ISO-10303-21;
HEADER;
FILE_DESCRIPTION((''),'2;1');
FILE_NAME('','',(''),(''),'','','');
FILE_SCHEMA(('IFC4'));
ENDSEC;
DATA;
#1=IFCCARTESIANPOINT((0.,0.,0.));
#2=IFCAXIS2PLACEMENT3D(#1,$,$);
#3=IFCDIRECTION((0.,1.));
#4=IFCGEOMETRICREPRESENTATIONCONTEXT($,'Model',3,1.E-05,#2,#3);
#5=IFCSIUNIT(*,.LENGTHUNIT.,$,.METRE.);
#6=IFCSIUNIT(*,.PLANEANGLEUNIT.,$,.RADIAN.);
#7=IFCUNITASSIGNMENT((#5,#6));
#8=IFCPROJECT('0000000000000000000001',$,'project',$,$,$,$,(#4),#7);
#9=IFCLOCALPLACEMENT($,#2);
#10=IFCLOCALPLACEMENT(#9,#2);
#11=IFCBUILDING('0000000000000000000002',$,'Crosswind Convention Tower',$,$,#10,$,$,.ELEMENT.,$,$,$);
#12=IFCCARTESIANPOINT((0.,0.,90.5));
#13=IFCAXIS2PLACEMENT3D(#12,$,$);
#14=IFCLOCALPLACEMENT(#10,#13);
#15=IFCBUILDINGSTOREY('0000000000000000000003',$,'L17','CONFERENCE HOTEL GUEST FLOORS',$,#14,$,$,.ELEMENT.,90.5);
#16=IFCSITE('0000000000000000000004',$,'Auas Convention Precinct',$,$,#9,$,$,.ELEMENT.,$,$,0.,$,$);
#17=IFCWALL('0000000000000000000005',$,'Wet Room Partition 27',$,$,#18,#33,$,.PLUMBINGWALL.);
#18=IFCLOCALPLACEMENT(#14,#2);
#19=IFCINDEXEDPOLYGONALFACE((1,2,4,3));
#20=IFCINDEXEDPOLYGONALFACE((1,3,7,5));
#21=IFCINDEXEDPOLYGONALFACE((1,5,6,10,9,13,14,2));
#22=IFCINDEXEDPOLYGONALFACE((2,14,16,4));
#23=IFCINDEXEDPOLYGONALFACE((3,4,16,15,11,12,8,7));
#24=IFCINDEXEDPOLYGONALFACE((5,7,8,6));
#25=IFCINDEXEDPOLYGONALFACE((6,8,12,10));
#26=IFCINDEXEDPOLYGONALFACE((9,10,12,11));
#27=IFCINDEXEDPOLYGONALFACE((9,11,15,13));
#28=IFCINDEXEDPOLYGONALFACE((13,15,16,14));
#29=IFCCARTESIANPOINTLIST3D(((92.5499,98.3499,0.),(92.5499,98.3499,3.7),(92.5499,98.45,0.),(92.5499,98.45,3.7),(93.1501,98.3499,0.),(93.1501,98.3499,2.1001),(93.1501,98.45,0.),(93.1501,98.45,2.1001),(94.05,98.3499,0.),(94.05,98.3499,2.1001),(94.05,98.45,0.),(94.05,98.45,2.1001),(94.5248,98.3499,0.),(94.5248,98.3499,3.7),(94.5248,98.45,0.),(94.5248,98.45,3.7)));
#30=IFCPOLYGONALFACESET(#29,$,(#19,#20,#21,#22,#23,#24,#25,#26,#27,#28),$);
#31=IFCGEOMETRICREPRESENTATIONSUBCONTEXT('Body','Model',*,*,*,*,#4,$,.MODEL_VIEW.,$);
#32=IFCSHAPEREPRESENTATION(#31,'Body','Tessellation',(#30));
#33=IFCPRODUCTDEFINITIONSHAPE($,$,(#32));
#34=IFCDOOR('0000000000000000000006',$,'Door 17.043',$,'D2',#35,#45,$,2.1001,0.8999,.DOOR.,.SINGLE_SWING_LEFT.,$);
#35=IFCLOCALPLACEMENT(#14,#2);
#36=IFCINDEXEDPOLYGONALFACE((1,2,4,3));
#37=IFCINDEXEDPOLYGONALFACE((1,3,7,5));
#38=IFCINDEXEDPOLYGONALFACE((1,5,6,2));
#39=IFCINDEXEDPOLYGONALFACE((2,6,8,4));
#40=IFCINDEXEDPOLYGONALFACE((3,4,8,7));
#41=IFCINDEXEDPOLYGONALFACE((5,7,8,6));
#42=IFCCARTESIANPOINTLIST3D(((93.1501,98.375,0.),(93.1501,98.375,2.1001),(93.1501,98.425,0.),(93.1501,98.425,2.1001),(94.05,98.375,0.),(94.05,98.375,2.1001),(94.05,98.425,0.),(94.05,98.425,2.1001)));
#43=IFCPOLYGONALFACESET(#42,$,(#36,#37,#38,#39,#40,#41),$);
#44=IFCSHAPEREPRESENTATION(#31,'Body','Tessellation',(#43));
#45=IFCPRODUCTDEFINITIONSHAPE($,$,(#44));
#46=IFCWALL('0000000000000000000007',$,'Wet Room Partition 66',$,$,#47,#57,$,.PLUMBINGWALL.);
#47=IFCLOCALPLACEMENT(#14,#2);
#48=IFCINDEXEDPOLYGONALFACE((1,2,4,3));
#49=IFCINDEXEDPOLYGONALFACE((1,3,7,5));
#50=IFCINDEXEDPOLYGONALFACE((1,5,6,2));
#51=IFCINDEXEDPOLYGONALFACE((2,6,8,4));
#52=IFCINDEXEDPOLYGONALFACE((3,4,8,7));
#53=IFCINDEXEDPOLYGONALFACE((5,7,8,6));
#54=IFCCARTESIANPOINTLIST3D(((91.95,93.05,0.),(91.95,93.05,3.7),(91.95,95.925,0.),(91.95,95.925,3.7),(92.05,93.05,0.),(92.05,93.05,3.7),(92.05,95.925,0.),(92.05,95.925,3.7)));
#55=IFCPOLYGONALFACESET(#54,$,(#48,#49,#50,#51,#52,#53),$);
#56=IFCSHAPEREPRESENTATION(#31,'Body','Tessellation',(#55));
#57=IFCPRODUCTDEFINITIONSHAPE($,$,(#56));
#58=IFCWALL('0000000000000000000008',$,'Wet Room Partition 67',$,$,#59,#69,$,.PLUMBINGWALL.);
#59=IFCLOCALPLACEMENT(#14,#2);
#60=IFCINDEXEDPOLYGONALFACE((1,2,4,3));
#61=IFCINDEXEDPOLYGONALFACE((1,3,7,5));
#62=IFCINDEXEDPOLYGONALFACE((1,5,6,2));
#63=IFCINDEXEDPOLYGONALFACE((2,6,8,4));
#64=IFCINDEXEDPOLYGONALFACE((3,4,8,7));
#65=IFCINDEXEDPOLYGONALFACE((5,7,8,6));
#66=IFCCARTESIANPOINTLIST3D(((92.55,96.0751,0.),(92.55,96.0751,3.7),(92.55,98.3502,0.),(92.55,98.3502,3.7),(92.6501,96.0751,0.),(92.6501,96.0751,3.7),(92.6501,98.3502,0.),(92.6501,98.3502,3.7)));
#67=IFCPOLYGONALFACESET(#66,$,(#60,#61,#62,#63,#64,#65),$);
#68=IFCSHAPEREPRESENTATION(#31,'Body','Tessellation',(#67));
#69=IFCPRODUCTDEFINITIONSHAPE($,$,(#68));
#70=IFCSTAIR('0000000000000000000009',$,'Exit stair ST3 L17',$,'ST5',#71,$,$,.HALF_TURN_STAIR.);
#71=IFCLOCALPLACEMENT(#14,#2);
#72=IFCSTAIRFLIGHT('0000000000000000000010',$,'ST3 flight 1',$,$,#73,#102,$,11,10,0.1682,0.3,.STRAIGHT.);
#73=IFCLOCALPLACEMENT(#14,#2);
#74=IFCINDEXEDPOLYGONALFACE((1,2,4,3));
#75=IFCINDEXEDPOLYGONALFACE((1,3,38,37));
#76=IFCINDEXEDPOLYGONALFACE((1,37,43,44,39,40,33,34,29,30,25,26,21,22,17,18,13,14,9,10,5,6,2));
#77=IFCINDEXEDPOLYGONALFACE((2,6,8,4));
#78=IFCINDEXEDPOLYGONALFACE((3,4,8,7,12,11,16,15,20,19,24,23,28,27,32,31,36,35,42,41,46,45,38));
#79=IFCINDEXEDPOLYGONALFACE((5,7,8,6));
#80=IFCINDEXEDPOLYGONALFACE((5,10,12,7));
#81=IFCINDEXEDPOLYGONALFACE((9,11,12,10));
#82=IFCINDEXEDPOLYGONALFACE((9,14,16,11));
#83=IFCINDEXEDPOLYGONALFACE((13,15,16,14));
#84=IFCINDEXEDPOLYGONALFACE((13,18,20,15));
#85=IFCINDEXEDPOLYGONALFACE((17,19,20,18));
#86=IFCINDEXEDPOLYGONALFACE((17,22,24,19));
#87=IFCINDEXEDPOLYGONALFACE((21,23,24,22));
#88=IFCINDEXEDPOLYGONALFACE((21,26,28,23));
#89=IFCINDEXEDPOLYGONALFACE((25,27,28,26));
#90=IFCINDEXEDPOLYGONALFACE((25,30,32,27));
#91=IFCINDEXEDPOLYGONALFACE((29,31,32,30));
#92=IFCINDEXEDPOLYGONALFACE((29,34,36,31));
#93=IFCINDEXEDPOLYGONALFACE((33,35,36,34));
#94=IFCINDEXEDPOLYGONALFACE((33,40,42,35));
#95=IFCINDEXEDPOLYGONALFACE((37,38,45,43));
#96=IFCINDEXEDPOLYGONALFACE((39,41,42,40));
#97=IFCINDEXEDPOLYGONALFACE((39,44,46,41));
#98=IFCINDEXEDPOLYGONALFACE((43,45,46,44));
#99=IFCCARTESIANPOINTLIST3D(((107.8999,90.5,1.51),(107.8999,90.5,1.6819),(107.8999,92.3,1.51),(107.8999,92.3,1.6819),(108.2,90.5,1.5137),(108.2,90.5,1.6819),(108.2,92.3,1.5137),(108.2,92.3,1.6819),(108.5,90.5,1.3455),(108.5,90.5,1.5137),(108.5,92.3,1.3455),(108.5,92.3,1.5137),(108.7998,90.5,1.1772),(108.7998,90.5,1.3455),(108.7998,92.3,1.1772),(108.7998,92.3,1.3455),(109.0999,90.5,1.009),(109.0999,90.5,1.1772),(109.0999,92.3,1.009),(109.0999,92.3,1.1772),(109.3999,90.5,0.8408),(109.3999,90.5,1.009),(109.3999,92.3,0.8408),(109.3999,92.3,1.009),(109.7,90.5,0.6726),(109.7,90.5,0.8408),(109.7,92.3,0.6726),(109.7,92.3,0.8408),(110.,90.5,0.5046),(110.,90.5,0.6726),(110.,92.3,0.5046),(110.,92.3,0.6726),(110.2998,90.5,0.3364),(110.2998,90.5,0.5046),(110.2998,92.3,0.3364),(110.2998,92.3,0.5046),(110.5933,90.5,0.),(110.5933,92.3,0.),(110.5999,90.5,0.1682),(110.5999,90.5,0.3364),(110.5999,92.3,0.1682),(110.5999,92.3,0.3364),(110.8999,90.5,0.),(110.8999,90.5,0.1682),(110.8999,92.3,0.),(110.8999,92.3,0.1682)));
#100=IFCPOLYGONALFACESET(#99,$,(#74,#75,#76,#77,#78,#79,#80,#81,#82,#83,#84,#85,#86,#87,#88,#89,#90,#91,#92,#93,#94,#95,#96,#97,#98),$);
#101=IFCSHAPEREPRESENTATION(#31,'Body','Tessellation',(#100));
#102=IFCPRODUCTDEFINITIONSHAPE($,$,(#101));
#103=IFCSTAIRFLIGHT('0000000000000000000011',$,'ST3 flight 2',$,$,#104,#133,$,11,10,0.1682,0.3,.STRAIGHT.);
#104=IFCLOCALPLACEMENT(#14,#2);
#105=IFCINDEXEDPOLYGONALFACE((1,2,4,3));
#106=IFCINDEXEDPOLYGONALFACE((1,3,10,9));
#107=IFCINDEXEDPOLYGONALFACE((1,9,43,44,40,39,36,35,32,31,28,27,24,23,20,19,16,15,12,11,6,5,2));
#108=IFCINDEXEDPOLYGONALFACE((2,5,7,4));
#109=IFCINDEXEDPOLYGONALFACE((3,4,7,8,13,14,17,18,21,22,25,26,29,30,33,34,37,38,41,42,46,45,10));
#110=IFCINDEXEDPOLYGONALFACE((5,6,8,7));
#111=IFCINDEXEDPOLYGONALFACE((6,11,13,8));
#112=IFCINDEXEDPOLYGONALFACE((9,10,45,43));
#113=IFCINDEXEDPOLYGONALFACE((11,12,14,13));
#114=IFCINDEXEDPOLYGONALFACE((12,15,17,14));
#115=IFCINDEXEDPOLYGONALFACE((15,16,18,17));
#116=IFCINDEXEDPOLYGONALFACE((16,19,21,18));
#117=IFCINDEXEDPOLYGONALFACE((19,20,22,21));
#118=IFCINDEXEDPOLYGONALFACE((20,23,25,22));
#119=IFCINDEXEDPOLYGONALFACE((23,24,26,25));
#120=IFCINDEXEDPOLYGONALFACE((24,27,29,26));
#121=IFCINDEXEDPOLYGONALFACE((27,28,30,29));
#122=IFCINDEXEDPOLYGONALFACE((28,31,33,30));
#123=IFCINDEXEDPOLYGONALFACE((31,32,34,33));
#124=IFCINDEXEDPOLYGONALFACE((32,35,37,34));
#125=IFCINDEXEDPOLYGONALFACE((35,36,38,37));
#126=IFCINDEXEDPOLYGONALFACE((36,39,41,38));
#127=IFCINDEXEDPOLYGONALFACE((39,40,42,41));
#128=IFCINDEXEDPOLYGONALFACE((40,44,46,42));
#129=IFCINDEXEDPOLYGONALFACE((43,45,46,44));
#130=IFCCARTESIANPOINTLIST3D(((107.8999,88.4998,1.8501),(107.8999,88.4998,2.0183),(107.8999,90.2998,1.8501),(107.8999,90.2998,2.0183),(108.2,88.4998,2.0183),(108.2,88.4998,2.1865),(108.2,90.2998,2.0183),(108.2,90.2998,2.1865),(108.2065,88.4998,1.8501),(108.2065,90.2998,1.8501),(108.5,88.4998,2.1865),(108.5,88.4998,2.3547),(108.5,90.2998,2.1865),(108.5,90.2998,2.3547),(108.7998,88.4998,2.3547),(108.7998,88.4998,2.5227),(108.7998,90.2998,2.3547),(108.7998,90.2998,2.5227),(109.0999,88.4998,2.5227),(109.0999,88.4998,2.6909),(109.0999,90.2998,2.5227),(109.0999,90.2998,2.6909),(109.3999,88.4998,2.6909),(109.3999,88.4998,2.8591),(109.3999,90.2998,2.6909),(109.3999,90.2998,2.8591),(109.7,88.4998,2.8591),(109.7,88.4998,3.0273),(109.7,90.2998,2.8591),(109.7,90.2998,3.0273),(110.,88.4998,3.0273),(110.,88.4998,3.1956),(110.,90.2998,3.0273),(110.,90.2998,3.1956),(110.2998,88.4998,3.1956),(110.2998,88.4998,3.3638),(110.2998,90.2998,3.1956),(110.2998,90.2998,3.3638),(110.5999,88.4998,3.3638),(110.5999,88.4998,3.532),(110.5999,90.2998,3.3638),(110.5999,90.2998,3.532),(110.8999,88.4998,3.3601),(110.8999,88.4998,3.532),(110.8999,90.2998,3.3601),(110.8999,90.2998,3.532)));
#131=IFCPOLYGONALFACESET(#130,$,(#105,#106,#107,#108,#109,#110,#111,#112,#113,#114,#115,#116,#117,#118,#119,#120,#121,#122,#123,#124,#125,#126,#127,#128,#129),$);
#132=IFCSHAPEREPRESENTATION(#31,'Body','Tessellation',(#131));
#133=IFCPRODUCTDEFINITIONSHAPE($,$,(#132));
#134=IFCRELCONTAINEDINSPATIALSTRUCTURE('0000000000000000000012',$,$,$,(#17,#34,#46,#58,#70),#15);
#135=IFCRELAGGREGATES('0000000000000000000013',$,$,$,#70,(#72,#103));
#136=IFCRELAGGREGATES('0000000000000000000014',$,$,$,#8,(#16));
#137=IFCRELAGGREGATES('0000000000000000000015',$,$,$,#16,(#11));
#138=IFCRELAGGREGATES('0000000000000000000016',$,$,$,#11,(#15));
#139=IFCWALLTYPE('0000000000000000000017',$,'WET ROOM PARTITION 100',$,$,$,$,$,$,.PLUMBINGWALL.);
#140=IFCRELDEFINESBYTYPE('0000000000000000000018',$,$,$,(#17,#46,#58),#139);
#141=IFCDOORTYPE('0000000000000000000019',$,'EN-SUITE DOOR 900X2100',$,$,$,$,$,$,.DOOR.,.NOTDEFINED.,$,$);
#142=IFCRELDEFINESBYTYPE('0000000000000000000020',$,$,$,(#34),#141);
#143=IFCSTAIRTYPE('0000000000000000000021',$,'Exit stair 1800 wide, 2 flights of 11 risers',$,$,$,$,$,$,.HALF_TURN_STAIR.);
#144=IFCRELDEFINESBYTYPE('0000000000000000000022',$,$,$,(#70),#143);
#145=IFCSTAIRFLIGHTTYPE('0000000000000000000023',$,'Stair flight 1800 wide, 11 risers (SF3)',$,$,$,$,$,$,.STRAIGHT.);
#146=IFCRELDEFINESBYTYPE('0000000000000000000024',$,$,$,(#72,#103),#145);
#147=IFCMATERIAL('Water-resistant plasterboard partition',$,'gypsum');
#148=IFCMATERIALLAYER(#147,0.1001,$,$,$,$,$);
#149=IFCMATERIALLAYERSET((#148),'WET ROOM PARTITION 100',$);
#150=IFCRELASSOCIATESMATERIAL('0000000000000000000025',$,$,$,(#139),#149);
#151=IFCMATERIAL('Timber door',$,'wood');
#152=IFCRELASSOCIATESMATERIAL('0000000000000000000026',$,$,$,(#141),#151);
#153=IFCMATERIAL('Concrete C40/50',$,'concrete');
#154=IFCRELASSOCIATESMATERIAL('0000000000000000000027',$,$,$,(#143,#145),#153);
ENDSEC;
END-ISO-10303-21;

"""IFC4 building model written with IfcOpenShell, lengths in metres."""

from ifc_helpers import new_model, si_unit, direction, frame, frame_2d, origin, place, context, subcontext, project, spatial, polyline, rectangle, outline, extrude, material, layer, layer_set, type_object, element, fill, aggregate, save


model = new_model("IFC4")

# Units and contexts
model_context = context("Model", 3, precision=1e-05, world=origin(), true_north=direction((0.0, 1.0)))
body_context = subcontext(model_context, "Body", "Model", "MODEL_VIEW")
ifc_project = project(units=[si_unit("LENGTHUNIT", "METRE"), si_unit("PLANEANGLEUNIT", "RADIAN")], contexts=[model_context])

# Site, building, storey
site_placement = place(None, origin())
site = spatial("IfcSite", under=ifc_project, at=site_placement, Name="Auas Convention Precinct", CompositionType="ELEMENT", RefElevation=0.0)
building_placement = place(site_placement, origin())
building = spatial("IfcBuilding", under=site, at=building_placement, Name="Crosswind Convention Tower", CompositionType="ELEMENT")
storey_placement = place(building_placement, frame((0.0, 0.0, 90.5)))
storey = spatial("IfcBuildingStorey", under=building, at=storey_placement, Name="L17", Description="CONFERENCE HOTEL GUEST FLOORS", CompositionType="ELEMENT", Elevation=90.5)

# Shared definitions
ifc_material_1 = material(Name="Timber door", Category="wood")

# Wall, opening, door
ifc_material_2 = material(Name="Water-resistant plasterboard partition", Category="gypsum")
ifc_layer_1 = layer(ifc_material_2, 0.1001)
ifc_layer_set_1 = layer_set([ifc_layer_1], Name="WET ROOM PARTITION 100")
wall_type_1 = type_object("IfcWallType", Name="WET ROOM PARTITION 100", PredefinedType="PLUMBINGWALL", material=ifc_layer_set_1)
door_type_1 = type_object("IfcDoorType", Name="EN-SUITE DOOR 900X2100", OperationType="NOTDEFINED", PredefinedType="DOOR", material=ifc_material_1)
wall_1_placement = place(storey_placement, frame((92.55, 98.3999, 0.0), z_axis=(0.0, 0.0, 1.0), x_axis=(1.0, 0.0, 0.0)))
wall_1 = element("IfcWall", 1, at=wall_1_placement, inside=storey, type_object=wall_type_1, Name="Wet Room Partition 27", PredefinedType="PLUMBINGWALL", context=body_context, shape_type="SweptSolid", body=[
    extrude(rectangle(XDim=1.9749, YDim=0.1001, at=frame_2d((0.9873, 0.0))), origin(), (0.0, 0.0, 1.0), 3.7),
])
opening_1_placement = place(wall_1_placement, frame((0.6001, 0.0, 0.0)))
opening_1 = element("IfcOpeningElement", 2, at=opening_1_placement, cuts=wall_1, PredefinedType="OPENING", context=body_context, shape_type="SweptSolid", body=[
    extrude(rectangle(XDim=0.8999, YDim=2.1001, at=frame_2d((0.45, 1.05))), frame((0.0, 0.0601, 0.0), z_axis=(0.0, -1.0, 0.0), x_axis=(1.0, 0.0, 0.0)), (0.0, 0.0, 1.0), 0.1201),
])
door_1_placement = place(opening_1_placement, frame((0.8999, 0.0, 0.0), z_axis=(0.0, 0.0, 1.0), x_axis=(-1.0, 0.0, 0.0)))
door_1 = element("IfcDoor", 3, at=door_1_placement, inside=storey, type_object=door_type_1, Name="Door 17.043", ObjectType="D2", OperationType="SINGLE_SWING_LEFT", OverallHeight=2.1001, OverallWidth=0.8999, PredefinedType="DOOR", context=body_context, shape_type="SweptSolid", body=[
    extrude(rectangle(XDim=0.8999, YDim=2.1001, at=frame_2d((0.45, 1.05))), frame((0.0, 0.0249, 0.0), z_axis=(0.0, -1.0, 0.0), x_axis=(1.0, 0.0, 0.0)), (0.0, 0.0, 1.0), 0.05),
])
fill(opening_1, door_1)

# Walls
wall_2_placement = place(storey_placement, frame((92.0, 93.05, 0.0), z_axis=(0.0, 0.0, 1.0), x_axis=(0.0, 1.0, 0.0)))
element("IfcWall", 4, at=wall_2_placement, inside=storey, type_object=wall_type_1, Name="Wet Room Partition 66", PredefinedType="PLUMBINGWALL", context=body_context, shape_type="SweptSolid", body=[
    extrude(rectangle(XDim=2.875, YDim=0.1001, at=frame_2d((1.4375, 0.0))), origin(), (0.0, 0.0, 1.0), 3.7),
])
wall_3_placement = place(storey_placement, frame((92.6001, 96.075, 0.0), z_axis=(0.0, 0.0, 1.0), x_axis=(0.0, 1.0, 0.0)))
element("IfcWall", 5, at=wall_3_placement, inside=storey, type_object=wall_type_1, Name="Wet Room Partition 67", PredefinedType="PLUMBINGWALL", context=body_context, shape_type="SweptSolid", body=[
    extrude(rectangle(XDim=2.2751, YDim=0.1001, at=frame_2d((1.1377, 0.0))), origin(), (0.0, 0.0, 1.0), 3.7),
])

# Stair, stair flights
ifc_material_3 = material(Name="Concrete C40/50", Category="concrete")
stair_type = type_object("IfcStairType", Name="Exit stair 1800 wide, 2 flights of 11 risers", PredefinedType="HALF_TURN_STAIR", material=ifc_material_3)
stair_placement = place(storey_placement, origin())
stair = element("IfcStair", 6, at=stair_placement, inside=storey, type_object=stair_type, Name="Exit stair ST3 L17", ObjectType="ST5", PredefinedType="HALF_TURN_STAIR")
stair_flight_type = type_object("IfcStairFlightType", Name="Stair flight 1800 wide, 11 risers (SF3)", PredefinedType="STRAIGHT", material=ifc_material_3)
stair_flight_1_placement = place(storey_placement, frame((110.8999, 91.3999, 0.0), z_axis=(0.0, 0.0, 1.0), x_axis=(-1.0, 0.0, 0.0)))
stair_flight_1 = element("IfcStairFlight", 7, at=stair_flight_1_placement, type_object=stair_flight_type, Name="ST3 flight 1", NumberOfRisers=11, NumberOfTreads=10, PredefinedType="STRAIGHT", RiserHeight=0.1682, TreadLength=0.3, context=body_context, shape_type="SweptSolid", body=[
    extrude(outline(polyline([(0.0, 0.0), (0.0, 0.1682), (0.3, 0.1682), (0.3, 0.3364), (0.6001, 0.3364), (0.6001, 0.5046), (0.8999, 0.5046), (0.8999, 0.6726), (1.2, 0.6726), (1.2, 0.8408), (1.5, 0.8408), (1.5, 1.009), (1.8, 1.009), (1.8, 1.1772), (2.1001, 1.1772), (2.1001, 1.3455), (2.3999, 1.3455), (2.3999, 1.5137), (2.7, 1.5137), (2.7, 1.6819), (3.0, 1.6819), (3.0, 1.8501), (3.0, 1.51), (0.3066, 0.0), (0.0, 0.0)])), frame((0.0, 0.8999, 0.0), z_axis=(0.0, -1.0, 0.0), x_axis=(1.0, 0.0, 0.0)), (0.0, 0.0, 1.0), 1.8),
])
stair_flight_2_placement = place(storey_placement, frame((107.8999, 89.3999, 1.8501), z_axis=(0.0, 0.0, 1.0), x_axis=(1.0, 0.0, 0.0)))
stair_flight_2 = element("IfcStairFlight", 8, at=stair_flight_2_placement, type_object=stair_flight_type, Name="ST3 flight 2", NumberOfRisers=11, NumberOfTreads=10, PredefinedType="STRAIGHT", RiserHeight=0.1682, TreadLength=0.3, context=body_context, shape_type="SweptSolid", body=[
    extrude(outline(polyline([(0.0, 0.0), (0.0, 0.1682), (0.3, 0.1682), (0.3, 0.3364), (0.6001, 0.3364), (0.6001, 0.5046), (0.8999, 0.5046), (0.8999, 0.6726), (1.2, 0.6726), (1.2, 0.8408), (1.5, 0.8408), (1.5, 1.009), (1.8, 1.009), (1.8, 1.1772), (2.1001, 1.1772), (2.1001, 1.3455), (2.3999, 1.3455), (2.3999, 1.5137), (2.7, 1.5137), (2.7, 1.6819), (3.0, 1.6819), (3.0, 1.8501), (3.0, 1.51), (0.3066, 0.0), (0.0, 0.0)])), frame((0.0, 0.8999, 0.0), z_axis=(0.0, -1.0, 0.0), x_axis=(1.0, 0.0, 0.0)), (0.0, 0.0, 1.0), 1.8),
])
aggregate(stair, [stair_flight_1, stair_flight_2])

save(model, "model.ifc")
